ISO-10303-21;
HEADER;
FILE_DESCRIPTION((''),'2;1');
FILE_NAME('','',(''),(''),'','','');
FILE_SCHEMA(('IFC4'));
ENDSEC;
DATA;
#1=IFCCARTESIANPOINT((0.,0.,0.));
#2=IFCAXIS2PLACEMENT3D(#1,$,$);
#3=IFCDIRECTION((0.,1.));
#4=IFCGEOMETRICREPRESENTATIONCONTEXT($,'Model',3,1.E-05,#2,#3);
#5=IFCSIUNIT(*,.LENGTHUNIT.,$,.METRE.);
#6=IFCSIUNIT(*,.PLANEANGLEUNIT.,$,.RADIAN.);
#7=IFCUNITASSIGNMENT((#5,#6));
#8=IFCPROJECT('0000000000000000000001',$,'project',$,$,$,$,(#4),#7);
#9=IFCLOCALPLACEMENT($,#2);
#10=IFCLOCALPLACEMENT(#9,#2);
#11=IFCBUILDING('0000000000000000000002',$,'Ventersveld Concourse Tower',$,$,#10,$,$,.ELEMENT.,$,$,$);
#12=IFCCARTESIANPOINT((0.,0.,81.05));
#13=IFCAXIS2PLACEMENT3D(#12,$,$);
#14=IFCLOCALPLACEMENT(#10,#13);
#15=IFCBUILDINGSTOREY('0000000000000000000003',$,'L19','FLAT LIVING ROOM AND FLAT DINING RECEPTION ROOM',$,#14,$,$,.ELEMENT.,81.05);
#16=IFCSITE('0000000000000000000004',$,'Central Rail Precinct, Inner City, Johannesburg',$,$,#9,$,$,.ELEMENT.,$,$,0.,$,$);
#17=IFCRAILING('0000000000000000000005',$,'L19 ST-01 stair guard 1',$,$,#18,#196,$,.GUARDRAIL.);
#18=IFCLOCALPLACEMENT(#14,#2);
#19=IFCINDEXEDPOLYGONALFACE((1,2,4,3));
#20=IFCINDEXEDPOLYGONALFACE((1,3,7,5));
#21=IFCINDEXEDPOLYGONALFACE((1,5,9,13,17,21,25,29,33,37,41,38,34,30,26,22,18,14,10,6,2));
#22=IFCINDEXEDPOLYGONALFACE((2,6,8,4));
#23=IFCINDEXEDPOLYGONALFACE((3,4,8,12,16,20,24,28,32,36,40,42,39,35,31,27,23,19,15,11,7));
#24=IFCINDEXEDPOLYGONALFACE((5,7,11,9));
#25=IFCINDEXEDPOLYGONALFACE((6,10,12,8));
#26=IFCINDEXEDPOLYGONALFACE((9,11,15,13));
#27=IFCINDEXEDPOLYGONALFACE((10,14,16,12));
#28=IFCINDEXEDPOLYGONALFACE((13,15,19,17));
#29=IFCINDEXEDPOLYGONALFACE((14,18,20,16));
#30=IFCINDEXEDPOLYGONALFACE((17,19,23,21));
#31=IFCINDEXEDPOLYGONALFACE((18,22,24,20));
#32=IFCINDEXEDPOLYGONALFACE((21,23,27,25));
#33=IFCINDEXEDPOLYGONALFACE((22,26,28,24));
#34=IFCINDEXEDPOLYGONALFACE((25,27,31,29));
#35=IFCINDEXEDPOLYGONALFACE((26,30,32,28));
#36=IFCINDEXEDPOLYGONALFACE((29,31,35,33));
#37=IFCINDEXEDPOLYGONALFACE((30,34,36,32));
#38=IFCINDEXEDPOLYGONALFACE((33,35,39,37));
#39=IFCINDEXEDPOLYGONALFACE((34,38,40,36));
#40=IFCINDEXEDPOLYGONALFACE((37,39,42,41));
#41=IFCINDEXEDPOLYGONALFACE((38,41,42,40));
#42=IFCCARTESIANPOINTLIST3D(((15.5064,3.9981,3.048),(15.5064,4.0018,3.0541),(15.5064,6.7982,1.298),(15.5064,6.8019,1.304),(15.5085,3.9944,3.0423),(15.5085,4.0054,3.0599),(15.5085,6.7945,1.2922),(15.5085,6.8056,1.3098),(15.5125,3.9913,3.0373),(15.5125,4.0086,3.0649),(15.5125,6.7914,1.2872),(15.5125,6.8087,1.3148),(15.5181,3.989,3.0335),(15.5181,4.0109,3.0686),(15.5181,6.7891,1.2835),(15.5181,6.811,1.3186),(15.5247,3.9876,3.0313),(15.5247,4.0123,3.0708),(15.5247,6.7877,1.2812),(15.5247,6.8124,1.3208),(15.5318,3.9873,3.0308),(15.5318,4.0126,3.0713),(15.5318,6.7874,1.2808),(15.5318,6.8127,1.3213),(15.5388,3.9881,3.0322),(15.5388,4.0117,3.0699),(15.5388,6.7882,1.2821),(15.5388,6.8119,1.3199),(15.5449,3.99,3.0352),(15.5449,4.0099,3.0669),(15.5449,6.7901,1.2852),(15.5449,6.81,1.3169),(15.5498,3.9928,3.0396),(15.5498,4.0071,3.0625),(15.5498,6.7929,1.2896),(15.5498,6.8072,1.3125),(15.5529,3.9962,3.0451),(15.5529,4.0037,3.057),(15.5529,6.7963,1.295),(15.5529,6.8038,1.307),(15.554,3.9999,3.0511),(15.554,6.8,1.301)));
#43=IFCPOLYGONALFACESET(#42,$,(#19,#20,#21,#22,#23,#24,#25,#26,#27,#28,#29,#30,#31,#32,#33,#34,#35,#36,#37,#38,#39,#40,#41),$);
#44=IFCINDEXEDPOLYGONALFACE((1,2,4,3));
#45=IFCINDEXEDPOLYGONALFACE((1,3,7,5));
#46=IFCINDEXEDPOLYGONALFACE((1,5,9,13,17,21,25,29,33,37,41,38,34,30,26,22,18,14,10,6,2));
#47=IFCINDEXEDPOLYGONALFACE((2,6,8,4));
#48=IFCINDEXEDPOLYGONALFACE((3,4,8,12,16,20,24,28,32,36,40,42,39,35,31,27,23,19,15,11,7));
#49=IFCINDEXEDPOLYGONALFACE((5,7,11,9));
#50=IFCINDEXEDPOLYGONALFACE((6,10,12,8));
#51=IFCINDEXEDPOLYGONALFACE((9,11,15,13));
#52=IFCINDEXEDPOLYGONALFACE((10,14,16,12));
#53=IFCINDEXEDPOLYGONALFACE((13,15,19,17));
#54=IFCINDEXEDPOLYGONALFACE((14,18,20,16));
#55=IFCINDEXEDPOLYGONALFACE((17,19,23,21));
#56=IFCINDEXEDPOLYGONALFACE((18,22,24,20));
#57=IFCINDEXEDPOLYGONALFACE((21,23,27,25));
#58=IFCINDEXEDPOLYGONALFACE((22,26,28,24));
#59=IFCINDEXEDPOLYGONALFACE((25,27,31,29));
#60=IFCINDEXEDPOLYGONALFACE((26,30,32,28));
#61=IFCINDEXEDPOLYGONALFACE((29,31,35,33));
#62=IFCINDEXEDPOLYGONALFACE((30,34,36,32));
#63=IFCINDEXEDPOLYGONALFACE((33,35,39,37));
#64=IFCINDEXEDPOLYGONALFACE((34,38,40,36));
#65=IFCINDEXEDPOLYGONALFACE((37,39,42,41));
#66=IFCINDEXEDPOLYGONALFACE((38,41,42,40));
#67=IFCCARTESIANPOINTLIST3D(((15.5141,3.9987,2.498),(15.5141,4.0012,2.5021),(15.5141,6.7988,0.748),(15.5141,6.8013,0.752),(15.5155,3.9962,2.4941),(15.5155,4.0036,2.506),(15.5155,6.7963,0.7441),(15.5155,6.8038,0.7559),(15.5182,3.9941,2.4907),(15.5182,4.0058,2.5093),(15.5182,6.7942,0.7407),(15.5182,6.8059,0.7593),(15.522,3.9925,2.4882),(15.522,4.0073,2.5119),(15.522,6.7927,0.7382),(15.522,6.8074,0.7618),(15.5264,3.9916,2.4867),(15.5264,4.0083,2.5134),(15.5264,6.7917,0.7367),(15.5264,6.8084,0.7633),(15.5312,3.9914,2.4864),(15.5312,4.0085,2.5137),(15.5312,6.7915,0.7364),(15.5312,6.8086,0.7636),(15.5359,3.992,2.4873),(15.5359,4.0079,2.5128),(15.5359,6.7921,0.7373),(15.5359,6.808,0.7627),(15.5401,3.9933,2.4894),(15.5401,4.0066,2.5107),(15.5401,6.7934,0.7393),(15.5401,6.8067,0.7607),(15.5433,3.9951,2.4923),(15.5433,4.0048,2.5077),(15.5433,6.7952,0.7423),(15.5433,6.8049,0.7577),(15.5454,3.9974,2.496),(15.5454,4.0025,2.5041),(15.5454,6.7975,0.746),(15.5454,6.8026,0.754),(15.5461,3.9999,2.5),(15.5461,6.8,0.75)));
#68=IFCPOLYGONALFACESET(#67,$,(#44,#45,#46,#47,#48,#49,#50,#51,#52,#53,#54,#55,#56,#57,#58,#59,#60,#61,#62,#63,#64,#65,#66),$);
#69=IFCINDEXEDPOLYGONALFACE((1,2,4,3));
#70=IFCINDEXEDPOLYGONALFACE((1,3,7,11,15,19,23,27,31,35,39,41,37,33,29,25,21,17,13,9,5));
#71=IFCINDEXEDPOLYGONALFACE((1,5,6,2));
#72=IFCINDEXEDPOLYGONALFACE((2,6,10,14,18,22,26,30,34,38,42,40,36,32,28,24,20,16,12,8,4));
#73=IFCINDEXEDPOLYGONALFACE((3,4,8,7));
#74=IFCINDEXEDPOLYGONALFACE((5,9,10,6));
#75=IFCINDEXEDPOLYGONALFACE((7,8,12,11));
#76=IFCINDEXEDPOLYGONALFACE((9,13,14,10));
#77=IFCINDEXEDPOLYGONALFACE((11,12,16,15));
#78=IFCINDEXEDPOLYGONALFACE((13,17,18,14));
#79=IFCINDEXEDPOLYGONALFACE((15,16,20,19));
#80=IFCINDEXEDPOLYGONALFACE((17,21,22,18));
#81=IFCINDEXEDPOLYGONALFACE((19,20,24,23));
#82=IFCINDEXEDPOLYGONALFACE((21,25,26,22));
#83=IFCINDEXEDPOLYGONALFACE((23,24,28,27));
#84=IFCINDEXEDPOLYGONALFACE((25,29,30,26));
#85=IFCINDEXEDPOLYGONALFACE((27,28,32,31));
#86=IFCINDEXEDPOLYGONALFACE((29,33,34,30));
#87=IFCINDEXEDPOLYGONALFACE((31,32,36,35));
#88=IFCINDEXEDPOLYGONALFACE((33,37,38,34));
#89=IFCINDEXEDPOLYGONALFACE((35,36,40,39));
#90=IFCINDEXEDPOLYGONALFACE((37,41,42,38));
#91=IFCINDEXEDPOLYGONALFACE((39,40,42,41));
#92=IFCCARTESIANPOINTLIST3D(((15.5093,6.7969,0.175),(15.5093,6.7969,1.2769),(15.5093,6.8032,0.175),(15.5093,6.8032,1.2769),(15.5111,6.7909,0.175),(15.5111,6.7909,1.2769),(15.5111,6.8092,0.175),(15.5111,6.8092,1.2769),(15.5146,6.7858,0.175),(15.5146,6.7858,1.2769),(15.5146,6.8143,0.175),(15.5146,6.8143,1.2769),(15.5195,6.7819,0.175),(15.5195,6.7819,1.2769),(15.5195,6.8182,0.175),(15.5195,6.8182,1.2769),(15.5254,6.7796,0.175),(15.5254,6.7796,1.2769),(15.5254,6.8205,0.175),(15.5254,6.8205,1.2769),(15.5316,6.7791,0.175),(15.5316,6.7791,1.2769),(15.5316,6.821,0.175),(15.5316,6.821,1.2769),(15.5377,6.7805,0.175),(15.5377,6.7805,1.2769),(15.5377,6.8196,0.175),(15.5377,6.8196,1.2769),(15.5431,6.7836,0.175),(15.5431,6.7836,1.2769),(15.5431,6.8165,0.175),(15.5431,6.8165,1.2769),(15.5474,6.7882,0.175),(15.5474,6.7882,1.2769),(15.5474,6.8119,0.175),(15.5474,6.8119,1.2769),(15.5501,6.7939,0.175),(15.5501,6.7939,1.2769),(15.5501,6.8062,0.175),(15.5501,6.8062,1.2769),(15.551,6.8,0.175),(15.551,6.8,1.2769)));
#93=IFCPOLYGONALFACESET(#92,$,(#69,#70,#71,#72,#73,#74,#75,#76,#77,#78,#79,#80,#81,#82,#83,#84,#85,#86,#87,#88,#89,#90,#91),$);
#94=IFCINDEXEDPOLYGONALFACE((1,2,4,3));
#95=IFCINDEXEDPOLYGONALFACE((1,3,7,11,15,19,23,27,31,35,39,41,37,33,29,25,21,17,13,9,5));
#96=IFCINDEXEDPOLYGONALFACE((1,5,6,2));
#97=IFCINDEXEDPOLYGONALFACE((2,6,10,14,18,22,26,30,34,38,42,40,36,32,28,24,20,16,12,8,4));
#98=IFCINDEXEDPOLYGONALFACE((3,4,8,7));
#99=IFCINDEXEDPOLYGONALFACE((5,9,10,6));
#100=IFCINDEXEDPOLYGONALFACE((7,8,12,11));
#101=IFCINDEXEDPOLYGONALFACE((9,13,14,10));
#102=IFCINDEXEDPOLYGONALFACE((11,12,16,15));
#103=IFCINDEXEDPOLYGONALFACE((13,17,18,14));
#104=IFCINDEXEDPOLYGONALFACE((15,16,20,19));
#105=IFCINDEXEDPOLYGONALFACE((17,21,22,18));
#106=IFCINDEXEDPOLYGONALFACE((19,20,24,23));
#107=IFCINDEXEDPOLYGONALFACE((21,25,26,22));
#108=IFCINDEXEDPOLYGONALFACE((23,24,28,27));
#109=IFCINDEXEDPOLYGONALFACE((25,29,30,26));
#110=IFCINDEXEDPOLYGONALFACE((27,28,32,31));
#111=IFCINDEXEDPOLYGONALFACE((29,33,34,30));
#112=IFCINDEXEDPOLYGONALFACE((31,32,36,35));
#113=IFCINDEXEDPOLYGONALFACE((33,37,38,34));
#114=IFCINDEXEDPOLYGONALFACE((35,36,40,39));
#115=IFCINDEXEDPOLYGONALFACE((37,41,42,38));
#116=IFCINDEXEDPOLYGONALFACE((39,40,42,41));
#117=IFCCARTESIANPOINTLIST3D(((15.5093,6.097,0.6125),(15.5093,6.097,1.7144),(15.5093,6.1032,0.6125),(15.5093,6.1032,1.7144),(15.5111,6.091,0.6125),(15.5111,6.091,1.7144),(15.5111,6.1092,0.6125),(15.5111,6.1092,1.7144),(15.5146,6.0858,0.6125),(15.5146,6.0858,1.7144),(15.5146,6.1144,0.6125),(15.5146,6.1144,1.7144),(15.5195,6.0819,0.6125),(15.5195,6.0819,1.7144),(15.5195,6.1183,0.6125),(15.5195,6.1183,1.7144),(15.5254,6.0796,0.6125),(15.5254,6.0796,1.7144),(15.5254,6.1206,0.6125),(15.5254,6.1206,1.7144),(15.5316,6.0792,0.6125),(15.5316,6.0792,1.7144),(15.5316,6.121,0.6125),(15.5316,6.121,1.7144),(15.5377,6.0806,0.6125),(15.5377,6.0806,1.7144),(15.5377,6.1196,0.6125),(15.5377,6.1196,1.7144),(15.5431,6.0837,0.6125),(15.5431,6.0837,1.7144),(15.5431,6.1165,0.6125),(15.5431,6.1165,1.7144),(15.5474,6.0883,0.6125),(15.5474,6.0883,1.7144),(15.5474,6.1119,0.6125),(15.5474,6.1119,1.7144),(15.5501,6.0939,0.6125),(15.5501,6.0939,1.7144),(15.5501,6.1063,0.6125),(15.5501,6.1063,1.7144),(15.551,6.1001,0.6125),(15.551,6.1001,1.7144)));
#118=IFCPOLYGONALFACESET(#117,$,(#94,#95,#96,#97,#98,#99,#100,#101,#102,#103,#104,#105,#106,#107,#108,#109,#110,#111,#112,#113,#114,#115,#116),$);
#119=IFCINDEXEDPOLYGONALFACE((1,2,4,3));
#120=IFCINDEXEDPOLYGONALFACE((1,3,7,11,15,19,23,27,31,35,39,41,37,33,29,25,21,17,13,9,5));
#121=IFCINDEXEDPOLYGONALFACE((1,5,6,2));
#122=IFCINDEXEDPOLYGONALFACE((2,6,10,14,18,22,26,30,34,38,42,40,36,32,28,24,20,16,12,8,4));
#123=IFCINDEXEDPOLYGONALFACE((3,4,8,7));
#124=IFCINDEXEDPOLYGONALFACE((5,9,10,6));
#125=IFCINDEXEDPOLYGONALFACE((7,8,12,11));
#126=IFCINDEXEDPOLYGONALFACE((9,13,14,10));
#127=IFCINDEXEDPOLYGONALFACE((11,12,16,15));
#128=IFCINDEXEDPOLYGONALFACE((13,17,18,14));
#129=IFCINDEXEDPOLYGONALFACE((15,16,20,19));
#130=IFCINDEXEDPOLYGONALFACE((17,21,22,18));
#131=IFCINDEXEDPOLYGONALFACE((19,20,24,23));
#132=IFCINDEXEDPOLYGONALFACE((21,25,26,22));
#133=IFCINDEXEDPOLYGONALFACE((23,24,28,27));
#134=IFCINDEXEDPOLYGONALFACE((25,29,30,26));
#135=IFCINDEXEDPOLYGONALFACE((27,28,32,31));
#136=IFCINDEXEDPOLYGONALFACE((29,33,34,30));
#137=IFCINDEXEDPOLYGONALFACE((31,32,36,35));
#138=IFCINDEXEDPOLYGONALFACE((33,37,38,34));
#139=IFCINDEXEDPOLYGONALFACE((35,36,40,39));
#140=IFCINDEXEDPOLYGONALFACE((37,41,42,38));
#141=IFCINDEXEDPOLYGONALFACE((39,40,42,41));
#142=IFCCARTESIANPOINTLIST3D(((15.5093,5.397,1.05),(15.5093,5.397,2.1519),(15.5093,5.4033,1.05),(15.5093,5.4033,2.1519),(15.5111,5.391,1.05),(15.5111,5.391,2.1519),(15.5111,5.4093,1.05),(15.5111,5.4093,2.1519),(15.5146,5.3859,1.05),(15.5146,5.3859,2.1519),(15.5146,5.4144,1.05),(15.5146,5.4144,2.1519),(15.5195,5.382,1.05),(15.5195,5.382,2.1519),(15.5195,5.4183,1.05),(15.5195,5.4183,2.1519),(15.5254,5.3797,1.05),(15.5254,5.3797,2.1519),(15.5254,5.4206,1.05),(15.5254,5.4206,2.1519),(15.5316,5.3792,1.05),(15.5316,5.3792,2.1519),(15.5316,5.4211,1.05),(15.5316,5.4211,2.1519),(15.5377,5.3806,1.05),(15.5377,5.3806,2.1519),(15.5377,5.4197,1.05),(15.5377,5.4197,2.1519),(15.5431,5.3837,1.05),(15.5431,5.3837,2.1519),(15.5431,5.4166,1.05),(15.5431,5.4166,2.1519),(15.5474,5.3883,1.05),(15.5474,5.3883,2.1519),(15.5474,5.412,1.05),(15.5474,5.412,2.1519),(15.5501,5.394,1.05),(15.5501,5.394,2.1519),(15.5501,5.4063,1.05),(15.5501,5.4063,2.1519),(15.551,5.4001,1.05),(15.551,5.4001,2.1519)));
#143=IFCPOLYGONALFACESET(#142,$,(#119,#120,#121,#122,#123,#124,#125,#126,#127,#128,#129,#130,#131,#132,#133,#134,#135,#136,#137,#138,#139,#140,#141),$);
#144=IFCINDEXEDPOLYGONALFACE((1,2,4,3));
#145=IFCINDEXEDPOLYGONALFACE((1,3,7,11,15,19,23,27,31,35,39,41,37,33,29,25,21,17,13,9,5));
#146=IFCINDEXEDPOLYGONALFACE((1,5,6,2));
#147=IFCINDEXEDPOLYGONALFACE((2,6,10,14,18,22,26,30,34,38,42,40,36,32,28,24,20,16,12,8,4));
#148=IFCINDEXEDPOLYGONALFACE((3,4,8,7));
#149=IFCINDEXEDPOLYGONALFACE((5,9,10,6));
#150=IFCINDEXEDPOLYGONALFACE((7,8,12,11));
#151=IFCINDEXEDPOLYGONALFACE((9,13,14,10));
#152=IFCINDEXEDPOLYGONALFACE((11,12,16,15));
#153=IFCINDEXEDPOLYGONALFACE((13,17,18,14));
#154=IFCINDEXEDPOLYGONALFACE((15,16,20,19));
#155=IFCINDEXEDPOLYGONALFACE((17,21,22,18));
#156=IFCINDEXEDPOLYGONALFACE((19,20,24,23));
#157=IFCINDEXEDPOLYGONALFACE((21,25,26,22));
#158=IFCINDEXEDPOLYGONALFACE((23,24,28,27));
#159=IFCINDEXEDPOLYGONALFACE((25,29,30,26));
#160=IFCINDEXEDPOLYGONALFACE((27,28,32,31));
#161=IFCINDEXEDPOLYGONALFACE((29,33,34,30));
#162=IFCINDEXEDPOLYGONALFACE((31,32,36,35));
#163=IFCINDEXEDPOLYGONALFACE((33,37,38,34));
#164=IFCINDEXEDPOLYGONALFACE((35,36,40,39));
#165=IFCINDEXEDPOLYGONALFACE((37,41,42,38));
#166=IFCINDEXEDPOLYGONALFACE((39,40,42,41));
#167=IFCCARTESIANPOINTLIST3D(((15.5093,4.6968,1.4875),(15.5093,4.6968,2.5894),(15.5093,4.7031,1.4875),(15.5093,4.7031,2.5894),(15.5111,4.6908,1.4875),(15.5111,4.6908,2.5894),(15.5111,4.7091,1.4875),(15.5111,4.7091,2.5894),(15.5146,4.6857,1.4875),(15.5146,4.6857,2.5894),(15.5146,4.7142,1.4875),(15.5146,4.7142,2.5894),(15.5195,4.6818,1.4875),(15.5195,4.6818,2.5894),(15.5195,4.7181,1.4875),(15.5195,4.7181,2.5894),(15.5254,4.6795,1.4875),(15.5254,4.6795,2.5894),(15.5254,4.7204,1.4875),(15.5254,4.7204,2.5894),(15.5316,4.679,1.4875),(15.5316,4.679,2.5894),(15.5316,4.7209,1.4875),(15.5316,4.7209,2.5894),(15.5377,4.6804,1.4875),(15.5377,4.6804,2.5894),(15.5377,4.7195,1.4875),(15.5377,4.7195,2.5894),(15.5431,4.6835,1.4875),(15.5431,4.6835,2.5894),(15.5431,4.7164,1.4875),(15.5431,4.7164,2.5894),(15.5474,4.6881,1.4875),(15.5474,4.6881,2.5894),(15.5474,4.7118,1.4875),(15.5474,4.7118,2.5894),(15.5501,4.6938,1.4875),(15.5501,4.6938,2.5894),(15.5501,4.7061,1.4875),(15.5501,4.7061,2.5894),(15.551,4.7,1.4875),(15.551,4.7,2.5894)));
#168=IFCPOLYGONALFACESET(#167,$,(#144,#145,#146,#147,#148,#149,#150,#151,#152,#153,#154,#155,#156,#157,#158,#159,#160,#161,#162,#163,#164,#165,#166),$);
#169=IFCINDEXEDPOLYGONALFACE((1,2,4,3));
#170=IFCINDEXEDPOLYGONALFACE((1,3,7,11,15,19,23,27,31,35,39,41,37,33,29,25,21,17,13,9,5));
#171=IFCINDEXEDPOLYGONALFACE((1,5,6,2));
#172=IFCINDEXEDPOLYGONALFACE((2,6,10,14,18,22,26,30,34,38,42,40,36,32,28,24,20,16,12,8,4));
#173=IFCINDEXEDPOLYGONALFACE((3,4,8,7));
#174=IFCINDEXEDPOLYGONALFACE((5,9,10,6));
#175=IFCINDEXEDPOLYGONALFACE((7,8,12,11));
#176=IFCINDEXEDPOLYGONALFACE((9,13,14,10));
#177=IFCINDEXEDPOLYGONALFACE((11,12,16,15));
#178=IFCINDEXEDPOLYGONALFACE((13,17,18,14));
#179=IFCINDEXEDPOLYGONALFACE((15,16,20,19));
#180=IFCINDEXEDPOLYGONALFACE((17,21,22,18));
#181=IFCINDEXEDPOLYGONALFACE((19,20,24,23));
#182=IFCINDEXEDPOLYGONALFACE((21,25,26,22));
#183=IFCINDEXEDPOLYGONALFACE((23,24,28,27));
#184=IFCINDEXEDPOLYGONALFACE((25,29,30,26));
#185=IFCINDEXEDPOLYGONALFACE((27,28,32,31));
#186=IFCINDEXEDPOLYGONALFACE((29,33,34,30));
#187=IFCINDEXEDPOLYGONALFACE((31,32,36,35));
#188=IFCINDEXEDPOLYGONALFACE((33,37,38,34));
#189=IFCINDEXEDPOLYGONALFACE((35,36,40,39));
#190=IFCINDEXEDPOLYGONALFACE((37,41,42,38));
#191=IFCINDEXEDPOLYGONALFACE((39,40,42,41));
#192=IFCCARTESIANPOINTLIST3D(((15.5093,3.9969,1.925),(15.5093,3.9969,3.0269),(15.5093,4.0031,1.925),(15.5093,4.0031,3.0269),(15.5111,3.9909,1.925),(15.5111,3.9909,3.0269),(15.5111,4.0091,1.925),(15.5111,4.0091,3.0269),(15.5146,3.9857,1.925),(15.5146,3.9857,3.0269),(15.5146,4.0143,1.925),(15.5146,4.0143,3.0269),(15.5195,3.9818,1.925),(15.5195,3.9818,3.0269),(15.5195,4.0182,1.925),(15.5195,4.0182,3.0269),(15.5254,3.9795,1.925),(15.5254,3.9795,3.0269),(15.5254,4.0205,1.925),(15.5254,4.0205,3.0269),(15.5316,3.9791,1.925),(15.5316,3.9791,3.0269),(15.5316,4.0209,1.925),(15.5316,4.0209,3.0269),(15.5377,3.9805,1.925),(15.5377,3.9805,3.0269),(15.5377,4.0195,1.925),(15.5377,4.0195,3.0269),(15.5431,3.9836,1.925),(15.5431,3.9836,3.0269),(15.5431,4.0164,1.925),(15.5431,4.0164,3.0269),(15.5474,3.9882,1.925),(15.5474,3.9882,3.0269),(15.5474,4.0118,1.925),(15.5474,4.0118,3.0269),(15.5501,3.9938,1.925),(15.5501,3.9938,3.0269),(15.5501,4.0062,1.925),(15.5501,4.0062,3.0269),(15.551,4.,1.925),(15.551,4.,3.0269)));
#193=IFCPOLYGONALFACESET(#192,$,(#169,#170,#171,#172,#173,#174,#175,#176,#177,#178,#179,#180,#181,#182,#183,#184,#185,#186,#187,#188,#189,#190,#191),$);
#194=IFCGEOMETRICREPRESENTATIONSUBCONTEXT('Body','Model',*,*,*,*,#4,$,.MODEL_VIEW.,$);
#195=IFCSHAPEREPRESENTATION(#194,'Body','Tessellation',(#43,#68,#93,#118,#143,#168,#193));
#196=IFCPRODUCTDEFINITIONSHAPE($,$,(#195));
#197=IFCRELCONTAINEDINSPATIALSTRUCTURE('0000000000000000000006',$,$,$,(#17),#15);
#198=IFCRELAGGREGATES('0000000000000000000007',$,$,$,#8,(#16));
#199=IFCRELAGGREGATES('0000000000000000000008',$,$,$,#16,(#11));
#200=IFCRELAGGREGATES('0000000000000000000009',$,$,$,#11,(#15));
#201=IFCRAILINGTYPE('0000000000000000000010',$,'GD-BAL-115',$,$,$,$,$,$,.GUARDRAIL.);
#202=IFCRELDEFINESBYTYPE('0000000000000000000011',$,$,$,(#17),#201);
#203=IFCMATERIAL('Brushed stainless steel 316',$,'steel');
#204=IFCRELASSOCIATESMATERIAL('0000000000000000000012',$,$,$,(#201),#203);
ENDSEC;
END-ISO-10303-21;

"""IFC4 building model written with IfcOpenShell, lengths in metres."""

from ifc_helpers import new_model, si_unit, direction, frame, origin, origin_2d, place, context, subcontext, project, spatial, circle, extrude, material, type_object, element, save


model = new_model("IFC4")

# Units and contexts
model_context = context("Model", 3, precision=1e-05, world=origin(), true_north=direction((0.0, 1.0)))
body_context = subcontext(model_context, "Body", "Model", "MODEL_VIEW")
ifc_project = project(units=[si_unit("LENGTHUNIT", "METRE"), si_unit("PLANEANGLEUNIT", "RADIAN")], contexts=[model_context])

# Site, building, storey
site_placement = place(None, origin())
site = spatial("IfcSite", under=ifc_project, at=site_placement, Name="Central Rail Precinct, Inner City, Johannesburg", CompositionType="ELEMENT", RefElevation=0.0)
building_placement = place(site_placement, origin())
building = spatial("IfcBuilding", under=site, at=building_placement, Name="Ventersveld Concourse Tower", CompositionType="ELEMENT")
storey_placement = place(building_placement, frame((0.0, 0.0, 81.05)))
storey = spatial("IfcBuildingStorey", under=building, at=storey_placement, Name="L19", Description="FLAT LIVING ROOM AND FLAT DINING RECEPTION ROOM", CompositionType="ELEMENT", Elevation=81.05)

# Railing
ifc_material_1 = material(Name="Brushed stainless steel 316", Category="steel")
railing_type_1 = type_object("IfcRailingType", Name="GD-BAL-115", PredefinedType="GUARDRAIL", material=ifc_material_1)
railing_1_placement = place(storey_placement, frame((15.53, 6.8, 0.175)))
element("IfcRailing", 1, at=railing_1_placement, inside=storey, type_object=railing_type_1, Name="L19 ST-01 stair guard 1", PredefinedType="GUARDRAIL", context=body_context, shape_type="SweptSolid", body=[
    extrude(circle(Radius=0.0239, at=origin_2d()), frame((0.0, 0.0, 1.126), z_axis=(0.0, -0.848002, 0.529992), x_axis=(1.0, 0.0, 0.0)), (0.0, 0.0, 1.0), 3.302),
    extrude(circle(Radius=0.0161, at=origin_2d()), frame((0.0, 0.0, 0.575), z_axis=(0.0, -0.848002, 0.529992), x_axis=(1.0, 0.0, 0.0)), (0.0, 0.0, 1.0), 3.302),
    extrude(circle(Radius=0.021, at=origin_2d()), origin(), (0.0, 0.0, 1.0), 1.1018),
    extrude(circle(Radius=0.021, at=origin_2d()), frame((0.0, -0.7, 0.4375)), (0.0, 0.0, 1.0), 1.1018),
    extrude(circle(Radius=0.021, at=origin_2d()), frame((0.0, -1.3999, 0.875)), (0.0, 0.0, 1.0), 1.1018),
    extrude(circle(Radius=0.021, at=origin_2d()), frame((0.0, -2.1001, 1.3125)), (0.0, 0.0, 1.0), 1.1018),
    extrude(circle(Radius=0.021, at=origin_2d()), frame((0.0, -2.8, 1.75)), (0.0, 0.0, 1.0), 1.1018),
])

save(model, "model.ifc")
